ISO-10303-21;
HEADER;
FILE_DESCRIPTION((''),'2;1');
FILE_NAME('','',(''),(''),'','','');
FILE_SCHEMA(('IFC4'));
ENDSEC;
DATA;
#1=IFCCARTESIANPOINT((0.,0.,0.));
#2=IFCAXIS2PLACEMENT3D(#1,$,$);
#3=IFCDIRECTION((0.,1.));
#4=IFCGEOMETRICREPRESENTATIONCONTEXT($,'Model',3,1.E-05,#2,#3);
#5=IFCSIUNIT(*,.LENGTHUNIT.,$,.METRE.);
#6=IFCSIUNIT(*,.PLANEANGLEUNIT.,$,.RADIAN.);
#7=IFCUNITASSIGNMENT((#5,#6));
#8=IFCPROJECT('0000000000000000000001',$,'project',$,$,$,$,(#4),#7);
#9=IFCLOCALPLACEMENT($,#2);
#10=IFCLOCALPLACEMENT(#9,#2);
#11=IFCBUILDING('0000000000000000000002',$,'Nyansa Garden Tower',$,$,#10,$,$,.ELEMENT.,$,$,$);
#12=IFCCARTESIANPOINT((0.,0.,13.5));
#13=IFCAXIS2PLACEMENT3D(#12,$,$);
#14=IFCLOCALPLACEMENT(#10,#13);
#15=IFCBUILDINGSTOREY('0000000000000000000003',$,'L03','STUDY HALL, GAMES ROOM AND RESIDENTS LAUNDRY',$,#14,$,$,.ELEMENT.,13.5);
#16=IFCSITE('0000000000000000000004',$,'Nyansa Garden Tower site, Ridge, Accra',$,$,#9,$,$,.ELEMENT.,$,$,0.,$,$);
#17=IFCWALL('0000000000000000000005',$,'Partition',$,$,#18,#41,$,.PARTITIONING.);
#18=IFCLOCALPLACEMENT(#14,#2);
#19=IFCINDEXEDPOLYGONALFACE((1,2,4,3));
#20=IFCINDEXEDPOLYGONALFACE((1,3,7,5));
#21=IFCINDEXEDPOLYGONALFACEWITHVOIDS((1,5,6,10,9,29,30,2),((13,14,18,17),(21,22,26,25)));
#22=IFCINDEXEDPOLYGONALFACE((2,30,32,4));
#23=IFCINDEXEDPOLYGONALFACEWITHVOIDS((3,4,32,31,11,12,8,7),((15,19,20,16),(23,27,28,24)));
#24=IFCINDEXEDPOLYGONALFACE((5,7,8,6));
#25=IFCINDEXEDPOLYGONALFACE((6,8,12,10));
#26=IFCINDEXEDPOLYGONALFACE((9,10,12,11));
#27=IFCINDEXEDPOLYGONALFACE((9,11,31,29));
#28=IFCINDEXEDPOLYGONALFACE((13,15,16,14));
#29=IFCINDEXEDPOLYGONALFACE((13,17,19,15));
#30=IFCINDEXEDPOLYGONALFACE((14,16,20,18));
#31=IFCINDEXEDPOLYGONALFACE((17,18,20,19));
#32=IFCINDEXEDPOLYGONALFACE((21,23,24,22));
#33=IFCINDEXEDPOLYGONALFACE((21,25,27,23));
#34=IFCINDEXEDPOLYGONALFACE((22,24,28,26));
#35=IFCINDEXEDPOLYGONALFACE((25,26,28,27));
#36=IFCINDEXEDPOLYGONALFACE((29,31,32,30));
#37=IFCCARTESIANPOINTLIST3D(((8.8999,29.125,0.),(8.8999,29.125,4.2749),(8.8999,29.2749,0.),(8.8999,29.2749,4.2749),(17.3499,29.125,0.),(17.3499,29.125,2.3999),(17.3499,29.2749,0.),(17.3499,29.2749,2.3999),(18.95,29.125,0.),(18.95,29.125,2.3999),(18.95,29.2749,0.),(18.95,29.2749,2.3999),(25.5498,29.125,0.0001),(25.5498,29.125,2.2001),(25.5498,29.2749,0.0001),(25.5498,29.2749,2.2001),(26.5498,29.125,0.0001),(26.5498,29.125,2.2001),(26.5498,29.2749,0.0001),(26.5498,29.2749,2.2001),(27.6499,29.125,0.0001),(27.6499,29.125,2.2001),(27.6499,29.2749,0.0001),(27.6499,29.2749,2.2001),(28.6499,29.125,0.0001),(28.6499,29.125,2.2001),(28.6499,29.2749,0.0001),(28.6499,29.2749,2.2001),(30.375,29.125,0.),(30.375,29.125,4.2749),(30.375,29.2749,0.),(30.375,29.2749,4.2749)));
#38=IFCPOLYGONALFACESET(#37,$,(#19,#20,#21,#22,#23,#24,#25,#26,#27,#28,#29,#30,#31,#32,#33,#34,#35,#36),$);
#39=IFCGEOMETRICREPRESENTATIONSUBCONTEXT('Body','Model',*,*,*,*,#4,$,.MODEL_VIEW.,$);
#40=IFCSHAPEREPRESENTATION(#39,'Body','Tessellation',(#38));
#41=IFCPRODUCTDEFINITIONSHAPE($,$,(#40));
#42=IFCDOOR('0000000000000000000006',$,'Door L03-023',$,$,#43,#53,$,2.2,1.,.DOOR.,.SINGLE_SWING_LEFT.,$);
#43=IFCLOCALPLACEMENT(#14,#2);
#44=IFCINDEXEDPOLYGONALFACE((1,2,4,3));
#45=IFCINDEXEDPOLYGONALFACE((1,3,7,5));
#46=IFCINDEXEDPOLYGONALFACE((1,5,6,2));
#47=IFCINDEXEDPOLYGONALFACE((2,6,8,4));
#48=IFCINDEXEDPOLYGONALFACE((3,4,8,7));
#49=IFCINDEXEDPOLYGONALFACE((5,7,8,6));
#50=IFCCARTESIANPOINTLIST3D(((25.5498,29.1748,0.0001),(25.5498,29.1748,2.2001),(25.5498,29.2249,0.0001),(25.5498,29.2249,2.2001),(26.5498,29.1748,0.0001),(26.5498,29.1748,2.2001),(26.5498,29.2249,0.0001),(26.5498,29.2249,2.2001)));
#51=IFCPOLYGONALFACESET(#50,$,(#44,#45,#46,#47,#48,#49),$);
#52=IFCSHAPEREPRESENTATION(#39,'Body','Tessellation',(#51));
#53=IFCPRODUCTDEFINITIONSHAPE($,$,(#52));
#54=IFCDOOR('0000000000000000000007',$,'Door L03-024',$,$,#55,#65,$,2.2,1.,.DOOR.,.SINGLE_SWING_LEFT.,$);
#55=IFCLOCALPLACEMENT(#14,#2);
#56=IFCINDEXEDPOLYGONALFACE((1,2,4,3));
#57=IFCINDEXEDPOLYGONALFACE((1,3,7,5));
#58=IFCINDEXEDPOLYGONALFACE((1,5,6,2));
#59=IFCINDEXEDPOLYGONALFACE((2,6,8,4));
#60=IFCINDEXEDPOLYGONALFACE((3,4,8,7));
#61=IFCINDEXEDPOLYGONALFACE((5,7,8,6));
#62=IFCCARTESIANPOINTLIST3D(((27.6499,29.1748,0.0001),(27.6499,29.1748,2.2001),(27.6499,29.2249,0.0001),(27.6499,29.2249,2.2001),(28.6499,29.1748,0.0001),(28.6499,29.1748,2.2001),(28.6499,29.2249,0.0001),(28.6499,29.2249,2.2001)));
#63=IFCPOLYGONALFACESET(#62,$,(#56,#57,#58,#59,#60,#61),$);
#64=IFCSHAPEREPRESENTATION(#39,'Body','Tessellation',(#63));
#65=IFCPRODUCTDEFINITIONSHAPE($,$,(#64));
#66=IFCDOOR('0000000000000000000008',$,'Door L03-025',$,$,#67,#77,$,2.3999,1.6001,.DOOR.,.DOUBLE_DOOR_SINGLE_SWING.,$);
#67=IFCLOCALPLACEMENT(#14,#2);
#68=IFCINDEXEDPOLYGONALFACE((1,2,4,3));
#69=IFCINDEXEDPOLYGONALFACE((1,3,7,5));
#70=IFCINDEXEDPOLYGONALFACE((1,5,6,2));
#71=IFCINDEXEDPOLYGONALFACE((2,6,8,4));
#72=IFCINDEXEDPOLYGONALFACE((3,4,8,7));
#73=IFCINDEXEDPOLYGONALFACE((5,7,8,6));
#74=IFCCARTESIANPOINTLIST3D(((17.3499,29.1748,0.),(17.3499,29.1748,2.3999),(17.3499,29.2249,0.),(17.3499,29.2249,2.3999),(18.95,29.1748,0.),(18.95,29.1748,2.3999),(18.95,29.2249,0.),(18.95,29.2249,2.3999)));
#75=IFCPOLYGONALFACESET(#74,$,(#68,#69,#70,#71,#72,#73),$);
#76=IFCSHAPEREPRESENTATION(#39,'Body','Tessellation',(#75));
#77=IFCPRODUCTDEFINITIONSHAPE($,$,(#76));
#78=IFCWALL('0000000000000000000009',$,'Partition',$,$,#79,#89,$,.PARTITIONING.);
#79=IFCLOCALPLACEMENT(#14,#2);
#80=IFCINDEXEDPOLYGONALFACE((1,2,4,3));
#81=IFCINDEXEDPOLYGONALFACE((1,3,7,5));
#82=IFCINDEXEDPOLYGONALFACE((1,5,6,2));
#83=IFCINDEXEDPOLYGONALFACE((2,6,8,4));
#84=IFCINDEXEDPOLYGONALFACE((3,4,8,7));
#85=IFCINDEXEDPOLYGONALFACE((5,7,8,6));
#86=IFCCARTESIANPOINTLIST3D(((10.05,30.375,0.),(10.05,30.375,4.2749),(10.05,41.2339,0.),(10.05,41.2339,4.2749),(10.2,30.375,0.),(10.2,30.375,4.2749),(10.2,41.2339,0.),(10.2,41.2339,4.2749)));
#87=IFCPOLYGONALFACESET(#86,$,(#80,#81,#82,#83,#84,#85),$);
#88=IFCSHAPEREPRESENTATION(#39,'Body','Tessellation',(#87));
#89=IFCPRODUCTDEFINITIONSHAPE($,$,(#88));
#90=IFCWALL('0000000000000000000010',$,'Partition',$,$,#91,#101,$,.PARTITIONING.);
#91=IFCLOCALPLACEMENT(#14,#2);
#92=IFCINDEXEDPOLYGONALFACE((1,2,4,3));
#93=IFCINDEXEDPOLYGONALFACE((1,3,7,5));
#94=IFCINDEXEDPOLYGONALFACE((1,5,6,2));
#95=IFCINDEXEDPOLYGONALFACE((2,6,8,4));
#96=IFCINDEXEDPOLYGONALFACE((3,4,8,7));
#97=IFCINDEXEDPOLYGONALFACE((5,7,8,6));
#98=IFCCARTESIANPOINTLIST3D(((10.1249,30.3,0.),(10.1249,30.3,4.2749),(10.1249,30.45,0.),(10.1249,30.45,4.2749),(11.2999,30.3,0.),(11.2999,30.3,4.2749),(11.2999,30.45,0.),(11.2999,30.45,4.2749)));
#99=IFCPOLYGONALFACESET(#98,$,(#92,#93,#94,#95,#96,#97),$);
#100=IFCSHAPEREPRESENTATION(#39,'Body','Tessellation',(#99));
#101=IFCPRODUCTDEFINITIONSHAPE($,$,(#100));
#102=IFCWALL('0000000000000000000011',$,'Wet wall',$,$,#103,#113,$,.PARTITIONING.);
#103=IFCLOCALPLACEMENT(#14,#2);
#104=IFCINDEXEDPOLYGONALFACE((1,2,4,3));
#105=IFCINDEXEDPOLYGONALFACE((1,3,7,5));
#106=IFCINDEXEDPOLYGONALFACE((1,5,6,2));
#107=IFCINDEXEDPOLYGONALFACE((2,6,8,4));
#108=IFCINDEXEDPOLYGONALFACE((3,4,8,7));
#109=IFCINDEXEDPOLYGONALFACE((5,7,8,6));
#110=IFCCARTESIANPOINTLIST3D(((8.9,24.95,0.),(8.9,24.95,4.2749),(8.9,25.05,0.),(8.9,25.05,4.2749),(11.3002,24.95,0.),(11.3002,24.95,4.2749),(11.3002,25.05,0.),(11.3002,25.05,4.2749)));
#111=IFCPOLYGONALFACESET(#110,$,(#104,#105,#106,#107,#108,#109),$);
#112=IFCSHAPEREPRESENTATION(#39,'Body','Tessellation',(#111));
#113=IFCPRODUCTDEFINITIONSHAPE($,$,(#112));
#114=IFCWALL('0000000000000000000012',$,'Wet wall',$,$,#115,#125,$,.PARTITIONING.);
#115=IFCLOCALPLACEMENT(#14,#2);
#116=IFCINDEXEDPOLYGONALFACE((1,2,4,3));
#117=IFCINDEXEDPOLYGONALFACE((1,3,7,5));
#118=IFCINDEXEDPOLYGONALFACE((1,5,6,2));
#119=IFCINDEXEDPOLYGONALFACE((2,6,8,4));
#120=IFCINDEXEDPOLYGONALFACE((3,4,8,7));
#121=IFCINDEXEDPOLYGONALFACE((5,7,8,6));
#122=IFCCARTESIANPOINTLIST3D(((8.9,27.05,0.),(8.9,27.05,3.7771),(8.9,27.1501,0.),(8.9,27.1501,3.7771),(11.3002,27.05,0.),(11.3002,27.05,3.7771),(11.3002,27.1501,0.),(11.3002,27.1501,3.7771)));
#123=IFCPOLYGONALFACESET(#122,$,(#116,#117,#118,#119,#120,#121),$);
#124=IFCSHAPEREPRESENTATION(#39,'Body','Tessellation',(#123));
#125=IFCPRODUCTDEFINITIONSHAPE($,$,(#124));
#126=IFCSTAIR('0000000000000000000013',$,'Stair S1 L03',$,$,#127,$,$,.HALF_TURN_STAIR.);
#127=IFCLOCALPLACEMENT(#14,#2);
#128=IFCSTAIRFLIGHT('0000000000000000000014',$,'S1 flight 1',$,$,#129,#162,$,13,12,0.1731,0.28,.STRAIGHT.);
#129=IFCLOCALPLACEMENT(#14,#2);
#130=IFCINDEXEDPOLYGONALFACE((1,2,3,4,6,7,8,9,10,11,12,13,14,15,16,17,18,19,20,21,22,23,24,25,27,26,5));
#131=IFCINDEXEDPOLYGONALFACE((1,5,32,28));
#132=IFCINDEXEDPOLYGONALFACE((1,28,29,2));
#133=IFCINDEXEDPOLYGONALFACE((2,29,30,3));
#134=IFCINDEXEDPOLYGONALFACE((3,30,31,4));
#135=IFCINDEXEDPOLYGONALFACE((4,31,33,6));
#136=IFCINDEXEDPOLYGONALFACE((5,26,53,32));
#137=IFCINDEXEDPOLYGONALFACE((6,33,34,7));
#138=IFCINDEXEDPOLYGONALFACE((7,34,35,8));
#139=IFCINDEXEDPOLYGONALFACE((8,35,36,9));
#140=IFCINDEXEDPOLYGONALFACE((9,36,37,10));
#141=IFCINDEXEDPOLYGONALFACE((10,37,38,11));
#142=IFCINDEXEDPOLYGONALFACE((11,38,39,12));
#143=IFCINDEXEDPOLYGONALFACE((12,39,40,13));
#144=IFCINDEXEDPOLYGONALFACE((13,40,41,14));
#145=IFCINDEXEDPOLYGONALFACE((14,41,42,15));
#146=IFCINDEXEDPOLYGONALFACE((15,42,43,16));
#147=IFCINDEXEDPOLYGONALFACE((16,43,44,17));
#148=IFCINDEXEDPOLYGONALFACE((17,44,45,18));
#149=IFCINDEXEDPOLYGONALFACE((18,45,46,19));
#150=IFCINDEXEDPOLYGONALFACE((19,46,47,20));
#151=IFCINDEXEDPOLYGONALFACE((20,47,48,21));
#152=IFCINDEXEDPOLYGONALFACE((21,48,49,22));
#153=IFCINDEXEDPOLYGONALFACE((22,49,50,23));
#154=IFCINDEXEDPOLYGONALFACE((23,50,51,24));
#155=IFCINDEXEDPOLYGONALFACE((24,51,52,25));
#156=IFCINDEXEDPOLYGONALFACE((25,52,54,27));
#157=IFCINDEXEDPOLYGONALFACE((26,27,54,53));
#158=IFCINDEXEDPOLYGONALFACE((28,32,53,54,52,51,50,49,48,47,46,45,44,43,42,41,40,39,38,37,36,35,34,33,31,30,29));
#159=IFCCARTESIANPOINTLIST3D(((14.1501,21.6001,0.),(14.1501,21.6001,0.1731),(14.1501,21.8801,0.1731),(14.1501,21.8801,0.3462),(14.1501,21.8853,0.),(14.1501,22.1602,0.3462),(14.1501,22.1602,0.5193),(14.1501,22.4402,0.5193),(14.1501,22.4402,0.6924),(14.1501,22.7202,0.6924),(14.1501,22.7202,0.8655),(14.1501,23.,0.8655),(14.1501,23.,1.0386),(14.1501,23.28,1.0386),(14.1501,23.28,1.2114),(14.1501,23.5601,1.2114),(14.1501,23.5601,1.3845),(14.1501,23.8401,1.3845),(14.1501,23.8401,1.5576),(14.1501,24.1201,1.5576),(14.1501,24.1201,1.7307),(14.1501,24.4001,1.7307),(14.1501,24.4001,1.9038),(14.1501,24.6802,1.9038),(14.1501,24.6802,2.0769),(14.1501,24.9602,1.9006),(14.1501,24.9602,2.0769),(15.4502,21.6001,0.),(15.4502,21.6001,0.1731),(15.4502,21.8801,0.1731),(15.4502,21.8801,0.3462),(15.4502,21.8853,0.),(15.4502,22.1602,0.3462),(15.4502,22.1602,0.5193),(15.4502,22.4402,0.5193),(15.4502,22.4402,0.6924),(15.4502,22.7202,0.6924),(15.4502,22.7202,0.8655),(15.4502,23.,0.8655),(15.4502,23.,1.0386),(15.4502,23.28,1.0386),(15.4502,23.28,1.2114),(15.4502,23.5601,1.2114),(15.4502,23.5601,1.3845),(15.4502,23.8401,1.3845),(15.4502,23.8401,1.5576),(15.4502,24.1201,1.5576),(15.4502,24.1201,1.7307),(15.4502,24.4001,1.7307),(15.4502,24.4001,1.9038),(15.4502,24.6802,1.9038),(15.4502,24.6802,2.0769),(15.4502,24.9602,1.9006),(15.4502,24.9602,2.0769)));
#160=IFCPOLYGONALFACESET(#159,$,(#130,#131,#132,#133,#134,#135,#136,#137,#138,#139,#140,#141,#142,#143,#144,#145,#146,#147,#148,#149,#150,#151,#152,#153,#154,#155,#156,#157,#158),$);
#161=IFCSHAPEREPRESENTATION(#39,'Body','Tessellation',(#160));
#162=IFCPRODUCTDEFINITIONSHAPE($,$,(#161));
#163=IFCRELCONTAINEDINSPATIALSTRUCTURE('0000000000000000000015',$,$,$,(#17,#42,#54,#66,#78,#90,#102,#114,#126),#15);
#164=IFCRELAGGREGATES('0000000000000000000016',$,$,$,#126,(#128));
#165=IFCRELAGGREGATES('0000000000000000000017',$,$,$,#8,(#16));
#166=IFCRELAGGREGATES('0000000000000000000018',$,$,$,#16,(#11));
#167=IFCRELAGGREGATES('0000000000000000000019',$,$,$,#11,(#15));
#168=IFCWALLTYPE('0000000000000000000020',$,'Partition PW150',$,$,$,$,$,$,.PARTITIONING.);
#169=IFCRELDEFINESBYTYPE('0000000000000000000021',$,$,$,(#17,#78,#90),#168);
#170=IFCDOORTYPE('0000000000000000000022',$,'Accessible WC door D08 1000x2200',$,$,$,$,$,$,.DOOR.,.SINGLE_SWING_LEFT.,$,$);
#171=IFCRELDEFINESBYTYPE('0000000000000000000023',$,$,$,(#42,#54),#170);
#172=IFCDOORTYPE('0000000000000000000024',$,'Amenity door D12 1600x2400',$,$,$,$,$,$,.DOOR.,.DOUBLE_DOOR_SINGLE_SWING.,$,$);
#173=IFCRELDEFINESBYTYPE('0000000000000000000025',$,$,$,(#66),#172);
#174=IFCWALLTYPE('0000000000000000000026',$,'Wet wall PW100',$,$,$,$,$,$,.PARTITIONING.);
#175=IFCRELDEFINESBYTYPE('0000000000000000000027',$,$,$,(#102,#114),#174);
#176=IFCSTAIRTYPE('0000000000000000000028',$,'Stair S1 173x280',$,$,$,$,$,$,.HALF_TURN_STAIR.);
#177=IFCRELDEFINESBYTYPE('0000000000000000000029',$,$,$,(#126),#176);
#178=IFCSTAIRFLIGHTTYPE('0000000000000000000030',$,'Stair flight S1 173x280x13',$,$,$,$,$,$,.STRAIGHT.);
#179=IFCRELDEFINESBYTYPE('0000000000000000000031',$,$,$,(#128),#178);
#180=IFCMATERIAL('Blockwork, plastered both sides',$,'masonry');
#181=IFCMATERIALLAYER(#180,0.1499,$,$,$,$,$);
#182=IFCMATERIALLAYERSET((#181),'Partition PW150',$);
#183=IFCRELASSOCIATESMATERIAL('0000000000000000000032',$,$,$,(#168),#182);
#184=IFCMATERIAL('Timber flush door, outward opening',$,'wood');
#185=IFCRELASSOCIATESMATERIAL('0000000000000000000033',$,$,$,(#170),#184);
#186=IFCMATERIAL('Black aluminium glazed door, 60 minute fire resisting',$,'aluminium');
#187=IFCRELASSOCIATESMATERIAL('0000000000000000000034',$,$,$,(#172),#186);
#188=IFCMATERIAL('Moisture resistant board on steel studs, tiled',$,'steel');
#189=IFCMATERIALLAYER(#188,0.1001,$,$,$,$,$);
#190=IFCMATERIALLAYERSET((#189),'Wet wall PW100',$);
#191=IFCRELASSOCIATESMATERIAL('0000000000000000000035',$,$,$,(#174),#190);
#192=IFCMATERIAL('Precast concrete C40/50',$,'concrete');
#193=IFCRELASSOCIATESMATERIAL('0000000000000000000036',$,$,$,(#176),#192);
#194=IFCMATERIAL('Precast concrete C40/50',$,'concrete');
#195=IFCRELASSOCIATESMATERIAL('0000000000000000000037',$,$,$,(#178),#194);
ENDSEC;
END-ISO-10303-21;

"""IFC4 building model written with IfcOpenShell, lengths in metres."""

from ifc_helpers import new_model, si_unit, direction, frame, frame_2d, origin, place, context, subcontext, project, spatial, polyline, rectangle, outline, extrude, material, layer, layer_set, type_object, element, fill, aggregate, save


model = new_model("IFC4")

# Units and contexts
model_context = context("Model", 3, precision=1e-05, world=origin(), true_north=direction((0.0, 1.0)))
body_context = subcontext(model_context, "Body", "Model", "MODEL_VIEW")
ifc_project = project(units=[si_unit("LENGTHUNIT", "METRE"), si_unit("PLANEANGLEUNIT", "RADIAN")], contexts=[model_context])

# Site, building, storey
site_placement = place(None, origin())
site = spatial("IfcSite", under=ifc_project, at=site_placement, Name="Nyansa Garden Tower site, Ridge, Accra", CompositionType="ELEMENT", RefElevation=0.0)
building_placement = place(site_placement, origin())
building = spatial("IfcBuilding", under=site, at=building_placement, Name="Nyansa Garden Tower", CompositionType="ELEMENT")
storey_placement = place(building_placement, frame((0.0, 0.0, 13.5)))
storey = spatial("IfcBuildingStorey", under=building, at=storey_placement, Name="L03", Description="STUDY HALL, GAMES ROOM AND RESIDENTS LAUNDRY", CompositionType="ELEMENT", Elevation=13.5)

# Shared definitions
ifc_material_1 = material(Name="Blockwork, plastered both sides", Category="masonry")
ifc_layer_1 = layer(ifc_material_1, 0.1499)
ifc_layer_set_1 = layer_set([ifc_layer_1], Name="Partition PW150")
wall_type_1 = type_object("IfcWallType", Name="Partition PW150", PredefinedType="PARTITIONING", material=ifc_layer_set_1)

# Wall, openings, doors
wall_1_placement = place(storey_placement, frame((8.8999, 29.2, 0.0), z_axis=(0.0, 0.0, 1.0), x_axis=(1.0, 0.0, 0.0)))
wall_1 = element("IfcWall", 1, at=wall_1_placement, inside=storey, type_object=wall_type_1, Name="Partition", PredefinedType="PARTITIONING", context=body_context, shape_type="SweptSolid", body=[
    extrude(rectangle(XDim=21.4751, YDim=0.1499, at=frame_2d((10.7375, 0.0))), origin(), (0.0, 0.0, 1.0), 4.2749),
])
opening_1_placement = place(wall_1_placement, frame((16.6499, 0.0, 0.0)))
opening_1 = element("IfcOpeningElement", 2, at=opening_1_placement, cuts=wall_1, PredefinedType="OPENING", context=body_context, shape_type="SweptSolid", body=[
    extrude(rectangle(XDim=1.0, YDim=2.2, at=frame_2d((0.5, 1.1001))), frame((0.0, 0.085, 0.0), z_axis=(0.0, -1.0, 0.0), x_axis=(1.0, 0.0, 0.0)), (0.0, 0.0, 1.0), 0.1699),
])
opening_2_placement = place(wall_1_placement, frame((18.75, 0.0, 0.0)))
opening_2 = element("IfcOpeningElement", 3, at=opening_2_placement, cuts=wall_1, PredefinedType="OPENING", context=body_context, shape_type="SweptSolid", body=[
    extrude(rectangle(XDim=1.0, YDim=2.2, at=frame_2d((0.5, 1.1001))), frame((0.0, 0.085, 0.0), z_axis=(0.0, -1.0, 0.0), x_axis=(1.0, 0.0, 0.0)), (0.0, 0.0, 1.0), 0.1699),
])
opening_3_placement = place(wall_1_placement, frame((8.45, 0.0, 0.0)))
opening_3 = element("IfcOpeningElement", 4, at=opening_3_placement, cuts=wall_1, PredefinedType="OPENING", context=body_context, shape_type="SweptSolid", body=[
    extrude(rectangle(XDim=1.6001, YDim=2.3999, at=frame_2d((0.8, 1.2))), frame((0.0, 0.085, 0.0), z_axis=(0.0, -1.0, 0.0), x_axis=(1.0, 0.0, 0.0)), (0.0, 0.0, 1.0), 0.1699),
])
ifc_material_2 = material(Name="Timber flush door, outward opening", Category="wood")
door_type_1 = type_object("IfcDoorType", Name="Accessible WC door D08 1000x2200", OperationType="SINGLE_SWING_LEFT", PredefinedType="DOOR", material=ifc_material_2)
door_1_placement = place(opening_1_placement, origin())
door_1 = element("IfcDoor", 5, at=door_1_placement, inside=storey, type_object=door_type_1, Name="Door L03-023", OperationType="SINGLE_SWING_LEFT", OverallHeight=2.2, OverallWidth=1.0, PredefinedType="DOOR", context=body_context, shape_type="SweptSolid", body=[
    extrude(rectangle(XDim=1.0, YDim=2.2, at=frame_2d((0.5, 1.1001))), frame((0.0, 0.0249, 0.0), z_axis=(0.0, -1.0, 0.0), x_axis=(1.0, 0.0, 0.0)), (0.0, 0.0, 1.0), 0.05),
])
fill(opening_1, door_1)
door_2_placement = place(opening_2_placement, origin())
door_2 = element("IfcDoor", 6, at=door_2_placement, inside=storey, type_object=door_type_1, Name="Door L03-024", OperationType="SINGLE_SWING_LEFT", OverallHeight=2.2, OverallWidth=1.0, PredefinedType="DOOR", context=body_context, shape_type="SweptSolid", body=[
    extrude(rectangle(XDim=1.0, YDim=2.2, at=frame_2d((0.5, 1.1001))), frame((0.0, 0.0249, 0.0), z_axis=(0.0, -1.0, 0.0), x_axis=(1.0, 0.0, 0.0)), (0.0, 0.0, 1.0), 0.05),
])
fill(opening_2, door_2)
ifc_material_3 = material(Name="Black aluminium glazed door, 60 minute fire resisting", Category="aluminium")
door_type_2 = type_object("IfcDoorType", Name="Amenity door D12 1600x2400", OperationType="DOUBLE_DOOR_SINGLE_SWING", PredefinedType="DOOR", material=ifc_material_3)
door_3_placement = place(opening_3_placement, origin())
door_3 = element("IfcDoor", 7, at=door_3_placement, inside=storey, type_object=door_type_2, Name="Door L03-025", OperationType="DOUBLE_DOOR_SINGLE_SWING", OverallHeight=2.3999, OverallWidth=1.6001, PredefinedType="DOOR", context=body_context, shape_type="SweptSolid", body=[
    extrude(rectangle(XDim=1.6001, YDim=2.3999, at=frame_2d((0.8, 1.2))), frame((0.0, 0.0249, 0.0), z_axis=(0.0, -1.0, 0.0), x_axis=(1.0, 0.0, 0.0)), (0.0, 0.0, 1.0), 0.05),
])
fill(opening_3, door_3)

# Walls
wall_2_placement = place(storey_placement, frame((10.125, 30.375, 0.0), z_axis=(0.0, 0.0, 1.0), x_axis=(0.0, 1.0, 0.0)))
element("IfcWall", 8, at=wall_2_placement, inside=storey, type_object=wall_type_1, Name="Partition", PredefinedType="PARTITIONING", context=body_context, shape_type="SweptSolid", body=[
    extrude(rectangle(XDim=10.8589, YDim=0.1499, at=frame_2d((5.4294, 0.0))), origin(), (0.0, 0.0, 1.0), 4.2749),
])
wall_3_placement = place(storey_placement, frame((10.125, 30.375, 0.0), z_axis=(0.0, 0.0, 1.0), x_axis=(1.0, 0.0, 0.0)))
element("IfcWall", 9, at=wall_3_placement, inside=storey, type_object=wall_type_1, Name="Partition", PredefinedType="PARTITIONING", context=body_context, shape_type="SweptSolid", body=[
    extrude(rectangle(XDim=1.175, YDim=0.1499, at=frame_2d((0.5874, 0.0))), origin(), (0.0, 0.0, 1.0), 4.2749),
])
ifc_material_4 = material(Name="Moisture resistant board on steel studs, tiled", Category="steel")
ifc_layer_2 = layer(ifc_material_4, 0.1001)
ifc_layer_set_2 = layer_set([ifc_layer_2], Name="Wet wall PW100")
wall_type_2 = type_object("IfcWallType", Name="Wet wall PW100", PredefinedType="PARTITIONING", material=ifc_layer_set_2)
wall_4_placement = place(storey_placement, frame((8.8999, 25.0, 0.0), z_axis=(0.0, 0.0, 1.0), x_axis=(1.0, 0.0, 0.0)))
element("IfcWall", 10, at=wall_4_placement, inside=storey, type_object=wall_type_2, Name="Wet wall", PredefinedType="PARTITIONING", context=body_context, shape_type="SweptSolid", body=[
    extrude(rectangle(XDim=2.4001, YDim=0.1001, at=frame_2d((1.2002, 0.0))), origin(), (0.0, 0.0, 1.0), 4.2749),
])
wall_5_placement = place(storey_placement, frame((8.8999, 27.1001, 0.0), z_axis=(0.0, 0.0, 1.0), x_axis=(1.0, 0.0, 0.0)))
element("IfcWall", 11, at=wall_5_placement, inside=storey, type_object=wall_type_2, Name="Wet wall", PredefinedType="PARTITIONING", context=body_context, shape_type="SweptSolid", body=[
    extrude(rectangle(XDim=2.4001, YDim=0.1001, at=frame_2d((1.2002, 0.0))), origin(), (0.0, 0.0, 1.0), 3.7771),
])

# Stair, stair flight
ifc_material_5 = material(Name="Precast concrete C40/50", Category="concrete")
stair_type = type_object("IfcStairType", Name="Stair S1 173x280", PredefinedType="HALF_TURN_STAIR", material=ifc_material_5)
stair_placement = place(storey_placement, origin())
stair = element("IfcStair", 12, at=stair_placement, inside=storey, type_object=stair_type, Name="Stair S1 L03", PredefinedType="HALF_TURN_STAIR")
ifc_material_6 = material(Name="Precast concrete C40/50", Category="concrete")
stair_flight_type = type_object("IfcStairFlightType", Name="Stair flight S1 173x280x13", PredefinedType="STRAIGHT", material=ifc_material_6)
stair_flight_1_placement = place(storey_placement, frame((14.8, 21.6001, 0.0), z_axis=(0.0, 0.0, 1.0), x_axis=(0.0, 1.0, 0.0)))
stair_flight_1 = element("IfcStairFlight", 13, at=stair_flight_1_placement, type_object=stair_flight_type, Name="S1 flight 1", NumberOfRisers=13, NumberOfTreads=12, PredefinedType="STRAIGHT", RiserHeight=0.1731, TreadLength=0.28, context=body_context, shape_type="SweptSolid", body=[
    extrude(outline(polyline([(0.0, 0.0), (0.0, 0.1731), (0.28, 0.1731), (0.28, 0.3462), (0.5601, 0.3462), (0.5601, 0.5193), (0.8401, 0.5193), (0.8401, 0.6924), (1.1201, 0.6924), (1.1201, 0.8655), (1.3999, 0.8655), (1.3999, 1.0386), (1.6799, 1.0386), (1.6799, 1.2114), (1.96, 1.2114), (1.96, 1.3845), (2.24, 1.3845), (2.24, 1.5576), (2.52, 1.5576), (2.52, 1.7307), (2.8, 1.7307), (2.8, 1.9038), (3.0801, 1.9038), (3.0801, 2.0769), (3.3601, 2.0769), (3.3601, 2.25), (3.3601, 1.9006), (0.2852, 0.0), (0.0, 0.0)])), frame((0.0, 0.6499, 0.0), z_axis=(0.0, -1.0, 0.0), x_axis=(1.0, 0.0, 0.0)), (0.0, 0.0, 1.0), 1.3),
])
aggregate(stair, [stair_flight_1])

save(model, "model.ifc")
